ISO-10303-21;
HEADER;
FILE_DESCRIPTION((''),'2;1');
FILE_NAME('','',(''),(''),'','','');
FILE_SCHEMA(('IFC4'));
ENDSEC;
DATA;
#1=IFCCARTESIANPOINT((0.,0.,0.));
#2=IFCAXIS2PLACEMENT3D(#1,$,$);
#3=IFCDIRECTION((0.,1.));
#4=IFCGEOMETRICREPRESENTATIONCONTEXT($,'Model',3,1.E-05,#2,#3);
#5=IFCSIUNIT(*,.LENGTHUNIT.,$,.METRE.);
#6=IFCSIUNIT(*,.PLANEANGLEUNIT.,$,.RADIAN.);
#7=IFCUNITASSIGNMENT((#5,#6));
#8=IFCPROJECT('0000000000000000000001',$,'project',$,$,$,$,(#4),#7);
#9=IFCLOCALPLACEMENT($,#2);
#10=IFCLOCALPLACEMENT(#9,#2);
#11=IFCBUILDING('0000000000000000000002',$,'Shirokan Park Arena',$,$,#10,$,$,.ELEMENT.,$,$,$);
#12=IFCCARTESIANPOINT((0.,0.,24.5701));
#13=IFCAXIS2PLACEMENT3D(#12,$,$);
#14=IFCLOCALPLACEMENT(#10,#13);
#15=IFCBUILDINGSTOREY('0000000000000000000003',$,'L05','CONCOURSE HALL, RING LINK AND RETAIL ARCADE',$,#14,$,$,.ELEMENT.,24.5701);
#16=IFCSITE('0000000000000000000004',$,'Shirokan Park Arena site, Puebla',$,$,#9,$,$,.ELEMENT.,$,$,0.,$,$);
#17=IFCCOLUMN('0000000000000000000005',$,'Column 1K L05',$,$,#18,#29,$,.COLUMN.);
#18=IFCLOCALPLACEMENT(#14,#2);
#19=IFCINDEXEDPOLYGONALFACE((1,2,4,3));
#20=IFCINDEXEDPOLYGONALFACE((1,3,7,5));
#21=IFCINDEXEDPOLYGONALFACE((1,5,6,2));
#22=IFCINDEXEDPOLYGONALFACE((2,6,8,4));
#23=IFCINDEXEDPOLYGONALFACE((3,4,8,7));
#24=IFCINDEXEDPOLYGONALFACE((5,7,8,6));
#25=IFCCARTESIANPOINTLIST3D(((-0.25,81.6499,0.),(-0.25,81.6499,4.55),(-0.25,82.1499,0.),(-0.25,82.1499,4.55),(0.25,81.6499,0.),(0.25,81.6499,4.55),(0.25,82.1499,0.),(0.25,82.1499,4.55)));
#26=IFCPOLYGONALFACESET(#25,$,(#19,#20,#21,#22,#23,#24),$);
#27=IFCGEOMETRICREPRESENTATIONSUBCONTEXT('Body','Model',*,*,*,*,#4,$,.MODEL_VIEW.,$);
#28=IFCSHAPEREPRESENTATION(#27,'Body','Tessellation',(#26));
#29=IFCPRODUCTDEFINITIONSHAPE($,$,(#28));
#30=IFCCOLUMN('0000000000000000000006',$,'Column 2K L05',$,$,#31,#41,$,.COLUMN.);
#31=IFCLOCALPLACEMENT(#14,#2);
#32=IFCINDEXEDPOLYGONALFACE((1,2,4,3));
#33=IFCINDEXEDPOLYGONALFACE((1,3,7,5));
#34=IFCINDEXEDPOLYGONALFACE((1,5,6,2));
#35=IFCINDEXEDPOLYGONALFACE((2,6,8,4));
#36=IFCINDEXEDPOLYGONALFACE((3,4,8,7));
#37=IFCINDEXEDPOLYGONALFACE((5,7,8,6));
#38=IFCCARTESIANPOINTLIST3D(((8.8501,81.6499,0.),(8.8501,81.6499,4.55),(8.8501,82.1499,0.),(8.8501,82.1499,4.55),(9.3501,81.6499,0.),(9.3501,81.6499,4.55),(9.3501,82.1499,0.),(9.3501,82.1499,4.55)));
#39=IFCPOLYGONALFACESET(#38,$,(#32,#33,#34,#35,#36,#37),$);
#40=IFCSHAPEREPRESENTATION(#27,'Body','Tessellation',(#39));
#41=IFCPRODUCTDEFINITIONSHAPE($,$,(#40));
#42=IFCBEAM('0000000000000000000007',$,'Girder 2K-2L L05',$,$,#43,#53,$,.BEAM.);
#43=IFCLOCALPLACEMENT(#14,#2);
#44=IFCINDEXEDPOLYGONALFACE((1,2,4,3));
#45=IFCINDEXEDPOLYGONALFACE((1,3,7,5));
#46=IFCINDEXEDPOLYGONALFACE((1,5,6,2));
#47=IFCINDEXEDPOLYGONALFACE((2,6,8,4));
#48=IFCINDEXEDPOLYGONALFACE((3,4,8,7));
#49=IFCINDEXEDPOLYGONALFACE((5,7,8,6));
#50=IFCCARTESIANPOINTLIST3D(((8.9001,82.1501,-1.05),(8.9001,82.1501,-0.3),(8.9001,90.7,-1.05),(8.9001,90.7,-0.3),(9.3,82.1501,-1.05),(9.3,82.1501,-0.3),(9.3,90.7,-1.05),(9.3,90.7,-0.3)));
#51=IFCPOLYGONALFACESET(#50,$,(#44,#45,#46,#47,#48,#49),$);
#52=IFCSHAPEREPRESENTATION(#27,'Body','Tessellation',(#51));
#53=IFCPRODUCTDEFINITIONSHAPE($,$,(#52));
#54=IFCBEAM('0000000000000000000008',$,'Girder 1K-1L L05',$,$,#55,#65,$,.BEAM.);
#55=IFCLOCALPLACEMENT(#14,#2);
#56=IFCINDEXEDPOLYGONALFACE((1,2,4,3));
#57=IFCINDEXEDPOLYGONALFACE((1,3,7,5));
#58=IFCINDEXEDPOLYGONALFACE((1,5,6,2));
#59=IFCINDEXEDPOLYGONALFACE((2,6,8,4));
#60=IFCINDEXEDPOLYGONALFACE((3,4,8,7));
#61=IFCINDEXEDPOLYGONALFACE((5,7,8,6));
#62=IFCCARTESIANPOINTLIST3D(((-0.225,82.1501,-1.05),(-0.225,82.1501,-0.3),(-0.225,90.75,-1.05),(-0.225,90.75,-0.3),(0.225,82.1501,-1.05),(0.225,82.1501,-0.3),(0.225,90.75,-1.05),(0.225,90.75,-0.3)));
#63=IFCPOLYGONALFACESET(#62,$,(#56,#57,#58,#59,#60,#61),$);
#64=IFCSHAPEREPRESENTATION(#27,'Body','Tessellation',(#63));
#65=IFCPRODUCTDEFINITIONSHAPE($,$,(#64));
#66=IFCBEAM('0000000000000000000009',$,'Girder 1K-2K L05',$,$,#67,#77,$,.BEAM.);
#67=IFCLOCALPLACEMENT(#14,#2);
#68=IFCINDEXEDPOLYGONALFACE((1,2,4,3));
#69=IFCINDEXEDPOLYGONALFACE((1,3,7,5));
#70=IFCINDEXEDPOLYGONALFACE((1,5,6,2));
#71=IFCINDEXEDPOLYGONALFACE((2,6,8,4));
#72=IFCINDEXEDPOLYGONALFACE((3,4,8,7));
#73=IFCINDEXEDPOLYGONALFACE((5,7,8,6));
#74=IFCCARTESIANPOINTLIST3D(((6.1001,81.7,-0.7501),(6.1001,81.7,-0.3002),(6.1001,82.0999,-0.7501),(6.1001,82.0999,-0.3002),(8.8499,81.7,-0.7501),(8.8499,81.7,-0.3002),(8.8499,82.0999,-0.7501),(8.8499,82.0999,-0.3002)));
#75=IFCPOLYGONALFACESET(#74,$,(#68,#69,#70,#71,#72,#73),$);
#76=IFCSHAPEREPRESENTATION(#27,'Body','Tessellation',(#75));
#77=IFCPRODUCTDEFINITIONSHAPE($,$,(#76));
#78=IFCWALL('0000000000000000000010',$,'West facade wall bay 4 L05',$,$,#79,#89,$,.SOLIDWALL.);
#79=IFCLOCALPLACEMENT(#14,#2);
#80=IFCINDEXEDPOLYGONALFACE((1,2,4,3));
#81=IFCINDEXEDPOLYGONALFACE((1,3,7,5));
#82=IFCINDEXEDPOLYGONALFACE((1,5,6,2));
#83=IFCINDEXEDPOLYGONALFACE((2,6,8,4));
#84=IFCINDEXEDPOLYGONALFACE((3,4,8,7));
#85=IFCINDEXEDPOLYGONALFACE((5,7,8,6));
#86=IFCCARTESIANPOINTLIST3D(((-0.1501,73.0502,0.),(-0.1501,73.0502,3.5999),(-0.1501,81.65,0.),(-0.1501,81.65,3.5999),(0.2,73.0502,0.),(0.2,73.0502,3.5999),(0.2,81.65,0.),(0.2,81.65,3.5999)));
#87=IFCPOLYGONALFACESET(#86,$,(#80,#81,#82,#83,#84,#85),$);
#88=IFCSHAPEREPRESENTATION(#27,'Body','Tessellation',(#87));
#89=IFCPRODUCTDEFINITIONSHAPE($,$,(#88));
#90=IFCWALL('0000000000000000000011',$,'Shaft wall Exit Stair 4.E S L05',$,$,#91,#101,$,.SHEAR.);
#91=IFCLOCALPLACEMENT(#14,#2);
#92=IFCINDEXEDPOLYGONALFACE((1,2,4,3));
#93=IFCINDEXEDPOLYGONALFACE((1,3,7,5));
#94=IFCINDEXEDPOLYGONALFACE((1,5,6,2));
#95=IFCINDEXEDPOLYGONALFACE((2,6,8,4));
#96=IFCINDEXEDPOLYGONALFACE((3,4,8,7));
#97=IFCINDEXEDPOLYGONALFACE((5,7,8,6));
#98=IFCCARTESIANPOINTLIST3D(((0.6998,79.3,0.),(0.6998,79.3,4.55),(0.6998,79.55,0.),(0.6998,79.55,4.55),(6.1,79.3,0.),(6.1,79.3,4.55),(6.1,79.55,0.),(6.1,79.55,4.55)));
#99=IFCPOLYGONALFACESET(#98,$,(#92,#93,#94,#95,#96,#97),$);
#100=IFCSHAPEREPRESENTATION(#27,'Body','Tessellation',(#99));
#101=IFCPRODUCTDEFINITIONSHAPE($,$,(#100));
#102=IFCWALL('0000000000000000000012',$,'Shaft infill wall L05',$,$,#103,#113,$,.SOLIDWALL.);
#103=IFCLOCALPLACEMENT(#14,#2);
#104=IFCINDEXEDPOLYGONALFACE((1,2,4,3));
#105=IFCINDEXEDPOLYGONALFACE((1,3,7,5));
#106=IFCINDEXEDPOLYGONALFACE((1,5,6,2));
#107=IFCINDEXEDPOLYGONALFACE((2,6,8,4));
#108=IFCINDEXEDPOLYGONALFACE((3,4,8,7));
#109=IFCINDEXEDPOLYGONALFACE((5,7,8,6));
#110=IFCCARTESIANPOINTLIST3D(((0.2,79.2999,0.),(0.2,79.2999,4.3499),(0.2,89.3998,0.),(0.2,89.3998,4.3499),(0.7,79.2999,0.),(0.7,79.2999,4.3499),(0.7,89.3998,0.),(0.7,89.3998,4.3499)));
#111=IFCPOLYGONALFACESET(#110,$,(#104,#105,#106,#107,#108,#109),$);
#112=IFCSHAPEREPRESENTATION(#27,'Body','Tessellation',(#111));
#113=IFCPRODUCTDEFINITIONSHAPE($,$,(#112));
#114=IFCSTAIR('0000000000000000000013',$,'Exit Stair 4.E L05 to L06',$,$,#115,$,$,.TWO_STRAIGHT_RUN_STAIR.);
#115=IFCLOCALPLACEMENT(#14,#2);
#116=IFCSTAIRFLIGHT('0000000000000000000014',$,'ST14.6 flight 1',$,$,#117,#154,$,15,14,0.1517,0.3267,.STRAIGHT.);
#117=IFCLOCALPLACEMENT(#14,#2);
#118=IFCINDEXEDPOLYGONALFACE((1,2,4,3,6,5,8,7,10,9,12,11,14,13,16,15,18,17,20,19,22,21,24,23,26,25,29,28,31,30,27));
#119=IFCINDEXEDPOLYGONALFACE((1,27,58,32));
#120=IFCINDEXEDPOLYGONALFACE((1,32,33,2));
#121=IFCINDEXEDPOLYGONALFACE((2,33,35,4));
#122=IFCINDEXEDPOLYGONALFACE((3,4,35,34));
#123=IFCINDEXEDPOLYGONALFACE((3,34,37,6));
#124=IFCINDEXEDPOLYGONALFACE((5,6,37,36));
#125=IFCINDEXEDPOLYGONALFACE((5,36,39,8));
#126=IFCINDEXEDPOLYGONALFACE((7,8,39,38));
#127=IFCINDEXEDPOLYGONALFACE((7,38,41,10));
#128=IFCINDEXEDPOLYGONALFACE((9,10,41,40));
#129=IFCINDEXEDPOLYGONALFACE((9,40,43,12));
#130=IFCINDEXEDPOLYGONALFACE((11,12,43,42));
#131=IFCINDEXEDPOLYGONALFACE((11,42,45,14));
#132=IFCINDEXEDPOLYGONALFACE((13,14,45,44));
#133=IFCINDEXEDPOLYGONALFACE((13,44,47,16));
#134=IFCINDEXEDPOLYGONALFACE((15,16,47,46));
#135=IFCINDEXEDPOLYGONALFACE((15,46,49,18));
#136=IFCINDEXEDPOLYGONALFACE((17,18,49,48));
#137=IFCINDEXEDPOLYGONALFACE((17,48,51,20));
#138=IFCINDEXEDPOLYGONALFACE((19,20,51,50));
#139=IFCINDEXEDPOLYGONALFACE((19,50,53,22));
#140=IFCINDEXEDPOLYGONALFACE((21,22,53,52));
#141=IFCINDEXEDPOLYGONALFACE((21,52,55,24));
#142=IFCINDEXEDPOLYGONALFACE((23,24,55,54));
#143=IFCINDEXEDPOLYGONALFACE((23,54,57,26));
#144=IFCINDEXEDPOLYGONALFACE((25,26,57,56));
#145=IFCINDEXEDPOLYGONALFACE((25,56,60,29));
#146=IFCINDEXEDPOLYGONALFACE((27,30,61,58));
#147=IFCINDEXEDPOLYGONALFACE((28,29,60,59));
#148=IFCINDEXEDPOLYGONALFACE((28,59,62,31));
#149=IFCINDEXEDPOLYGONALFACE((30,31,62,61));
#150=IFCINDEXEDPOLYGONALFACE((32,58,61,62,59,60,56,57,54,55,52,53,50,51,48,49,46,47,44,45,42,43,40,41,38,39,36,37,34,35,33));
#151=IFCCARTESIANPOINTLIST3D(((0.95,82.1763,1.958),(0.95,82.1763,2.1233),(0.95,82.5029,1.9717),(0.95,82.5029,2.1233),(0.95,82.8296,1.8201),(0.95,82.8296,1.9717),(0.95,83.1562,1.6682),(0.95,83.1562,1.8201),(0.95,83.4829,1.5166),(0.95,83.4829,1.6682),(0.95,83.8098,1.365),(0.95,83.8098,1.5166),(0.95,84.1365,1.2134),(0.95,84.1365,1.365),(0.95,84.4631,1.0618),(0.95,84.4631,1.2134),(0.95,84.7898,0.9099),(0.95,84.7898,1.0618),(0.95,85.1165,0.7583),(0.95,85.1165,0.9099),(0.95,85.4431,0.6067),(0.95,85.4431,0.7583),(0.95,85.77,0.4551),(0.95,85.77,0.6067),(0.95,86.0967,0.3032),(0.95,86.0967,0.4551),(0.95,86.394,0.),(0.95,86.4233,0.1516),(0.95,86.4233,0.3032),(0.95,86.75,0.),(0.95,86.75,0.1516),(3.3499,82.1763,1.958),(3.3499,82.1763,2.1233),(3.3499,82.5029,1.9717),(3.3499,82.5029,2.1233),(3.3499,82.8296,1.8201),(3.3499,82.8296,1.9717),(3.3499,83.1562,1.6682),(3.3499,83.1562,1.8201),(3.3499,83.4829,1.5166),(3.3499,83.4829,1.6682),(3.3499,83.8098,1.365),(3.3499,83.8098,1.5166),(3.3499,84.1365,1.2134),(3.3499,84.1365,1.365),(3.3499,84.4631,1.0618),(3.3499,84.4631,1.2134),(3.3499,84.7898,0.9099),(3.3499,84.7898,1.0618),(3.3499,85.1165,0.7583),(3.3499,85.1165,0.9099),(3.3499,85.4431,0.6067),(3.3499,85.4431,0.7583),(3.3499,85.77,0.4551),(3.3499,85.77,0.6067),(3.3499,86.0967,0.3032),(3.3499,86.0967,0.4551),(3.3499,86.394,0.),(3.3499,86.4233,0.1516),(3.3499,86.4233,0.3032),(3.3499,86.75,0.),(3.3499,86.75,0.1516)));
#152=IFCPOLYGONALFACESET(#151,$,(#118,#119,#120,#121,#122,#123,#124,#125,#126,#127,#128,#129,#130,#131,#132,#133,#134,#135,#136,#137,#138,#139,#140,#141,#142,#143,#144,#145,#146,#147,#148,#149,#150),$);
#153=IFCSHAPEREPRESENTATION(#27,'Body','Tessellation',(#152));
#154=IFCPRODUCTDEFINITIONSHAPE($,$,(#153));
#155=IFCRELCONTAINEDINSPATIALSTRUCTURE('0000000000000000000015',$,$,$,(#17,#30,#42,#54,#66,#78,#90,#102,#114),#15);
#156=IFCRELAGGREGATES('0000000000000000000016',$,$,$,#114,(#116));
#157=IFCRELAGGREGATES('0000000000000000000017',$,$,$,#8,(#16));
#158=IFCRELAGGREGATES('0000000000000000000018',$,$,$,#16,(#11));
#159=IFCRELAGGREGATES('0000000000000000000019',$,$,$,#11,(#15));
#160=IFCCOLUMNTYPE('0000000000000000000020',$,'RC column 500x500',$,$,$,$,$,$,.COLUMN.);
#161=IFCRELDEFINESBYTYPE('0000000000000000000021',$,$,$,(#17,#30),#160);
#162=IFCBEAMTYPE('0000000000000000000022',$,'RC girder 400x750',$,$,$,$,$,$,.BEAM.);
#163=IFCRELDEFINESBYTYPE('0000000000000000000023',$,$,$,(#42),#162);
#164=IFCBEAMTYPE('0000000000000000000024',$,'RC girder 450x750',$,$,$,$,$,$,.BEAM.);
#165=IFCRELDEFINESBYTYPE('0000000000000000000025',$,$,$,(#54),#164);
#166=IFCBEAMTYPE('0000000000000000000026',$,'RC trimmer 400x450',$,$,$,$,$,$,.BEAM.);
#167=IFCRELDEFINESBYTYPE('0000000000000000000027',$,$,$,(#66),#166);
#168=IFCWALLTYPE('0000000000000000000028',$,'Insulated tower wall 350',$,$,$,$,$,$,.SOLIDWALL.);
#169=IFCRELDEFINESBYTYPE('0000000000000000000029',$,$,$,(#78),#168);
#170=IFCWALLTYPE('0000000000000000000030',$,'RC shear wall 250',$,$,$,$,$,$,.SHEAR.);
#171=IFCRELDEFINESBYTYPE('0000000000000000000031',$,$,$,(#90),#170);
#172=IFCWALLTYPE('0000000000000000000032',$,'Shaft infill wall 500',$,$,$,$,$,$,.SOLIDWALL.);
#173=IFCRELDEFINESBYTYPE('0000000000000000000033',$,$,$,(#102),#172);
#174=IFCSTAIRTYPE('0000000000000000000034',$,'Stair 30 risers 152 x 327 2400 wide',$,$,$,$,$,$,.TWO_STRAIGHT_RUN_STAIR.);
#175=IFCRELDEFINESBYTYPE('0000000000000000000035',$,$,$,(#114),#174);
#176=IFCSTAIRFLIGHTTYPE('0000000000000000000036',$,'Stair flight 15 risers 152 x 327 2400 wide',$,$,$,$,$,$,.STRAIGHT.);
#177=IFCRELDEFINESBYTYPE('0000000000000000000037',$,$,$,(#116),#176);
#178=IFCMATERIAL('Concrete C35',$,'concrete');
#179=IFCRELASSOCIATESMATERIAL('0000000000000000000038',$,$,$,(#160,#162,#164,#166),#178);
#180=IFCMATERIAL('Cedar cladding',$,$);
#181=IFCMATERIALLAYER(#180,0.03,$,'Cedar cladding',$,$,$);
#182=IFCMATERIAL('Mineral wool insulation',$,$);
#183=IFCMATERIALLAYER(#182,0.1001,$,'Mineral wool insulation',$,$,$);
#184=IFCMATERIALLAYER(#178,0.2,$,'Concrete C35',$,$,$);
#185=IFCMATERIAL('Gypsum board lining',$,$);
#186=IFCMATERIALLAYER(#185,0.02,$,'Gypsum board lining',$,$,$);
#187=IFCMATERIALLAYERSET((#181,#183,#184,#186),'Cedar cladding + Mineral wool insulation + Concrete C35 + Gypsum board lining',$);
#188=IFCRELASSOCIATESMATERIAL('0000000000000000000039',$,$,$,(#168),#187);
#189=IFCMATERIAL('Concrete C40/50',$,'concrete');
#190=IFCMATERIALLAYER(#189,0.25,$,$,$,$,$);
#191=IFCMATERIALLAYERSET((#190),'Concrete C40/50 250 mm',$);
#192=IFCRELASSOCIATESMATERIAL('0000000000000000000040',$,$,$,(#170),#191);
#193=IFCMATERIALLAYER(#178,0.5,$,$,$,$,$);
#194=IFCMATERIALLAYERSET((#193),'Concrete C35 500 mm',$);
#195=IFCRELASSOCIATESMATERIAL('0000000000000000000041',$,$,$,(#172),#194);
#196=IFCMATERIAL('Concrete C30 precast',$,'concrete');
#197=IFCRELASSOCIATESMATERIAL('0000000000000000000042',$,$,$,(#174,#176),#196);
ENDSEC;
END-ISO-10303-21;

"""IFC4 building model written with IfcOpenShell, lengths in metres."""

from ifc_helpers import new_model, si_unit, direction, frame, frame_2d, origin, origin_2d, place, context, subcontext, project, spatial, polyline, rectangle, outline, extrude, material, layer, layer_set, material_profile, profile_set, type_object, element, aggregate, save


model = new_model("IFC4")

# Units and contexts
model_context = context("Model", 3, precision=1e-05, world=origin(), true_north=direction((0.0, 1.0)))
body_context = subcontext(model_context, "Body", "Model", "MODEL_VIEW")
ifc_project = project(units=[si_unit("LENGTHUNIT", "METRE"), si_unit("PLANEANGLEUNIT", "RADIAN")], contexts=[model_context])

# Site, building, storey
site_placement = place(None, origin())
site = spatial("IfcSite", under=ifc_project, at=site_placement, Name="Shirokan Park Arena site, Puebla", CompositionType="ELEMENT", RefElevation=0.0)
building_placement = place(site_placement, origin())
building = spatial("IfcBuilding", under=site, at=building_placement, Name="Shirokan Park Arena", CompositionType="ELEMENT")
storey_placement = place(building_placement, frame((0.0, 0.0, 24.5701)))
storey = spatial("IfcBuildingStorey", under=building, at=storey_placement, Name="L05", Description="CONCOURSE HALL, RING LINK AND RETAIL ARCADE", CompositionType="ELEMENT", Elevation=24.5701)

# Columns
ifc_material_1 = material(Name="Concrete C35", Category="concrete")
ifc_material_profile_1 = material_profile(ifc_material_1, rectangle(XDim=0.5, YDim=0.5, at=origin_2d()), Name="500x500")
ifc_profile_set_1 = profile_set([ifc_material_profile_1], Name="Concrete C35")
column_type = type_object("IfcColumnType", Name="RC column 500x500", PredefinedType="COLUMN", material=ifc_profile_set_1)
for number, where, z_axis, x_axis, name in (
    (1, (0.0, 81.8999, 0.0), (0.0, 0.0, 1.0), (1.0, 0.0, 0.0), "Column 1K L05"),
    (2, (9.1001, 81.8999, 0.0), (0.0, 0.0, 1.0), (1.0, 0.0, 0.0), "Column 2K L05"),
):
    element("IfcColumn", number, at=place(storey_placement, frame(where, z_axis=z_axis, x_axis=x_axis)), inside=storey, type_object=column_type, Name=name, PredefinedType="COLUMN", context=body_context, shape_type="SweptSolid", body=[
        extrude(rectangle(XDim=0.5, YDim=0.5, at=origin_2d()), origin(), (0.0, 0.0, 1.0), 4.55),
    ])

# Beams
ifc_material_profile_2 = material_profile(ifc_material_1, rectangle(XDim=0.3999, YDim=0.75, at=origin_2d()), Name="400x750")
ifc_profile_set_2 = profile_set([ifc_material_profile_2], Name="Concrete C35")
beam_type_1 = type_object("IfcBeamType", Name="RC girder 400x750", PredefinedType="BEAM", material=ifc_profile_set_2)
beam_1_placement = place(storey_placement, frame((9.1001, 82.1501, -0.675), z_axis=(0.0, 1.0, 0.0), x_axis=(-1.0, 0.0, 0.0)))
element("IfcBeam", 3, at=beam_1_placement, inside=storey, type_object=beam_type_1, Name="Girder 2K-2L L05", PredefinedType="BEAM", context=body_context, shape_type="SweptSolid", body=[
    extrude(rectangle(XDim=0.3999, YDim=0.75, at=origin_2d()), origin(), (0.0, 0.0, 1.0), 8.5498),
])
ifc_material_profile_3 = material_profile(ifc_material_1, rectangle(XDim=0.45, YDim=0.75, at=origin_2d()), Name="450x750")
ifc_profile_set_3 = profile_set([ifc_material_profile_3], Name="Concrete C35")
beam_type_2 = type_object("IfcBeamType", Name="RC girder 450x750", PredefinedType="BEAM", material=ifc_profile_set_3)
beam_2_placement = place(storey_placement, frame((0.0, 82.1501, -0.675), z_axis=(0.0, 1.0, 0.0), x_axis=(-1.0, 0.0, 0.0)))
element("IfcBeam", 4, at=beam_2_placement, inside=storey, type_object=beam_type_2, Name="Girder 1K-1L L05", PredefinedType="BEAM", context=body_context, shape_type="SweptSolid", body=[
    extrude(rectangle(XDim=0.45, YDim=0.75, at=origin_2d()), origin(), (0.0, 0.0, 1.0), 8.5999),
])
ifc_material_profile_4 = material_profile(ifc_material_1, rectangle(XDim=0.3999, YDim=0.45, at=origin_2d()), Name="400x450")
ifc_profile_set_4 = profile_set([ifc_material_profile_4], Name="Concrete C35")
beam_type_3 = type_object("IfcBeamType", Name="RC trimmer 400x450", PredefinedType="BEAM", material=ifc_profile_set_4)
beam_3_placement = place(storey_placement, frame((6.1001, 81.8999, -0.5251), z_axis=(1.0, 0.0, 0.0), x_axis=(0.0, 1.0, 0.0)))
element("IfcBeam", 5, at=beam_3_placement, inside=storey, type_object=beam_type_3, Name="Girder 1K-2K L05", PredefinedType="BEAM", context=body_context, shape_type="SweptSolid", body=[
    extrude(rectangle(XDim=0.3999, YDim=0.45, at=origin_2d()), origin(), (0.0, 0.0, 1.0), 2.7498),
])

# Walls
ifc_material_2 = material(Name="Cedar cladding")
ifc_layer_1 = layer(ifc_material_2, 0.03, Name="Cedar cladding")
ifc_material_3 = material(Name="Mineral wool insulation")
ifc_layer_2 = layer(ifc_material_3, 0.1001, Name="Mineral wool insulation")
ifc_layer_3 = layer(ifc_material_1, 0.2, Name="Concrete C35")
ifc_material_4 = material(Name="Gypsum board lining")
ifc_layer_4 = layer(ifc_material_4, 0.02, Name="Gypsum board lining")
ifc_layer_set_1 = layer_set([ifc_layer_1, ifc_layer_2, ifc_layer_3, ifc_layer_4], Name="Cedar cladding + Mineral wool insulation + Concrete C35 + Gypsum board lining")
wall_type_1 = type_object("IfcWallType", Name="Insulated tower wall 350", PredefinedType="SOLIDWALL", material=ifc_layer_set_1)
wall_1_placement = place(storey_placement, frame((0.0249, 81.6499, 0.0), z_axis=(0.0, 0.0, 1.0), x_axis=(0.0, -1.0, 0.0)))
element("IfcWall", 6, at=wall_1_placement, inside=storey, type_object=wall_type_1, Name="West facade wall bay 4 L05", PredefinedType="SOLIDWALL", context=body_context, shape_type="SweptSolid", body=[
    extrude(rectangle(XDim=8.5999, YDim=0.3501, at=frame_2d((4.2998, 0.0))), origin(), (0.0, 0.0, 1.0), 3.5999),
])
ifc_material_5 = material(Name="Concrete C40/50", Category="concrete")
ifc_layer_5 = layer(ifc_material_5, 0.25)
ifc_layer_set_2 = layer_set([ifc_layer_5], Name="Concrete C40/50 250 mm")
wall_type_2 = type_object("IfcWallType", Name="RC shear wall 250", PredefinedType="SHEAR", material=ifc_layer_set_2)
wall_2_placement = place(storey_placement, frame((6.1001, 79.425, 0.0), z_axis=(0.0, 0.0, 1.0), x_axis=(-1.0, 0.0, 0.0)))
element("IfcWall", 7, at=wall_2_placement, inside=storey, type_object=wall_type_2, Name="Shaft wall Exit Stair 4.E S L05", PredefinedType="SHEAR", context=body_context, shape_type="SweptSolid", body=[
    extrude(rectangle(XDim=5.4001, YDim=0.25, at=frame_2d((2.7002, 0.0))), origin(), (0.0, 0.0, 1.0), 4.55),
])
ifc_layer_6 = layer(ifc_material_1, 0.5)
ifc_layer_set_3 = layer_set([ifc_layer_6], Name="Concrete C35 500 mm")
wall_type_3 = type_object("IfcWallType", Name="Shaft infill wall 500", PredefinedType="SOLIDWALL", material=ifc_layer_set_3)
wall_3_placement = place(storey_placement, frame((0.45, 79.3, 0.0), z_axis=(0.0, 0.0, 1.0), x_axis=(0.0, 1.0, 0.0)))
element("IfcWall", 8, at=wall_3_placement, inside=storey, type_object=wall_type_3, Name="Shaft infill wall L05", PredefinedType="SOLIDWALL", context=body_context, shape_type="SweptSolid", body=[
    extrude(rectangle(XDim=10.0999, YDim=0.5, at=frame_2d((5.0498, 0.0))), origin(), (0.0, 0.0, 1.0), 4.3499),
])

# Stair, stair flight
ifc_material_6 = material(Name="Concrete C30 precast", Category="concrete")
stair_type = type_object("IfcStairType", Name="Stair 30 risers 152 x 327 2400 wide", PredefinedType="TWO_STRAIGHT_RUN_STAIR", material=ifc_material_6)
stair_placement = place(storey_placement, origin())
stair = element("IfcStair", 9, at=stair_placement, inside=storey, type_object=stair_type, Name="Exit Stair 4.E L05 to L06", PredefinedType="TWO_STRAIGHT_RUN_STAIR")
stair_flight_type = type_object("IfcStairFlightType", Name="Stair flight 15 risers 152 x 327 2400 wide", PredefinedType="STRAIGHT", material=ifc_material_6)
stair_flight_1_placement = place(storey_placement, frame((2.1499, 86.75, 0.0), z_axis=(0.0, 0.0, 1.0), x_axis=(0.0, -1.0, 0.0)))
stair_flight_1 = element("IfcStairFlight", 10, at=stair_flight_1_placement, type_object=stair_flight_type, Name="ST14.6 flight 1", NumberOfRisers=15, NumberOfTreads=14, PredefinedType="STRAIGHT", RiserHeight=0.1517, TreadLength=0.3267, context=body_context, shape_type="SweptSolid", body=[
    extrude(outline(polyline([(0.0, 0.0), (0.0, 0.1516), (0.3267, 0.1516), (0.3267, 0.3032), (0.6533, 0.3032), (0.6533, 0.4551), (0.98, 0.4551), (0.98, 0.6067), (1.3069, 0.6067), (1.3069, 0.7583), (1.6335, 0.7583), (1.6335, 0.9099), (1.9602, 0.9099), (1.9602, 1.0618), (2.2869, 1.0618), (2.2869, 1.2134), (2.6135, 1.2134), (2.6135, 1.365), (2.9402, 1.365), (2.9402, 1.5166), (3.2671, 1.5166), (3.2671, 1.6682), (3.5938, 1.6682), (3.5938, 1.8201), (3.9204, 1.8201), (3.9204, 1.9717), (4.2471, 1.9717), (4.2471, 2.1233), (4.5737, 2.1233), (4.5737, 2.2749), (4.5737, 1.958), (0.356, 0.0), (0.0, 0.0)])), frame((0.0, 1.2, 0.0), z_axis=(0.0, -1.0, 0.0), x_axis=(1.0, 0.0, 0.0)), (0.0, 0.0, 1.0), 2.3999),
])
aggregate(stair, [stair_flight_1])

save(model, "model.ifc")
